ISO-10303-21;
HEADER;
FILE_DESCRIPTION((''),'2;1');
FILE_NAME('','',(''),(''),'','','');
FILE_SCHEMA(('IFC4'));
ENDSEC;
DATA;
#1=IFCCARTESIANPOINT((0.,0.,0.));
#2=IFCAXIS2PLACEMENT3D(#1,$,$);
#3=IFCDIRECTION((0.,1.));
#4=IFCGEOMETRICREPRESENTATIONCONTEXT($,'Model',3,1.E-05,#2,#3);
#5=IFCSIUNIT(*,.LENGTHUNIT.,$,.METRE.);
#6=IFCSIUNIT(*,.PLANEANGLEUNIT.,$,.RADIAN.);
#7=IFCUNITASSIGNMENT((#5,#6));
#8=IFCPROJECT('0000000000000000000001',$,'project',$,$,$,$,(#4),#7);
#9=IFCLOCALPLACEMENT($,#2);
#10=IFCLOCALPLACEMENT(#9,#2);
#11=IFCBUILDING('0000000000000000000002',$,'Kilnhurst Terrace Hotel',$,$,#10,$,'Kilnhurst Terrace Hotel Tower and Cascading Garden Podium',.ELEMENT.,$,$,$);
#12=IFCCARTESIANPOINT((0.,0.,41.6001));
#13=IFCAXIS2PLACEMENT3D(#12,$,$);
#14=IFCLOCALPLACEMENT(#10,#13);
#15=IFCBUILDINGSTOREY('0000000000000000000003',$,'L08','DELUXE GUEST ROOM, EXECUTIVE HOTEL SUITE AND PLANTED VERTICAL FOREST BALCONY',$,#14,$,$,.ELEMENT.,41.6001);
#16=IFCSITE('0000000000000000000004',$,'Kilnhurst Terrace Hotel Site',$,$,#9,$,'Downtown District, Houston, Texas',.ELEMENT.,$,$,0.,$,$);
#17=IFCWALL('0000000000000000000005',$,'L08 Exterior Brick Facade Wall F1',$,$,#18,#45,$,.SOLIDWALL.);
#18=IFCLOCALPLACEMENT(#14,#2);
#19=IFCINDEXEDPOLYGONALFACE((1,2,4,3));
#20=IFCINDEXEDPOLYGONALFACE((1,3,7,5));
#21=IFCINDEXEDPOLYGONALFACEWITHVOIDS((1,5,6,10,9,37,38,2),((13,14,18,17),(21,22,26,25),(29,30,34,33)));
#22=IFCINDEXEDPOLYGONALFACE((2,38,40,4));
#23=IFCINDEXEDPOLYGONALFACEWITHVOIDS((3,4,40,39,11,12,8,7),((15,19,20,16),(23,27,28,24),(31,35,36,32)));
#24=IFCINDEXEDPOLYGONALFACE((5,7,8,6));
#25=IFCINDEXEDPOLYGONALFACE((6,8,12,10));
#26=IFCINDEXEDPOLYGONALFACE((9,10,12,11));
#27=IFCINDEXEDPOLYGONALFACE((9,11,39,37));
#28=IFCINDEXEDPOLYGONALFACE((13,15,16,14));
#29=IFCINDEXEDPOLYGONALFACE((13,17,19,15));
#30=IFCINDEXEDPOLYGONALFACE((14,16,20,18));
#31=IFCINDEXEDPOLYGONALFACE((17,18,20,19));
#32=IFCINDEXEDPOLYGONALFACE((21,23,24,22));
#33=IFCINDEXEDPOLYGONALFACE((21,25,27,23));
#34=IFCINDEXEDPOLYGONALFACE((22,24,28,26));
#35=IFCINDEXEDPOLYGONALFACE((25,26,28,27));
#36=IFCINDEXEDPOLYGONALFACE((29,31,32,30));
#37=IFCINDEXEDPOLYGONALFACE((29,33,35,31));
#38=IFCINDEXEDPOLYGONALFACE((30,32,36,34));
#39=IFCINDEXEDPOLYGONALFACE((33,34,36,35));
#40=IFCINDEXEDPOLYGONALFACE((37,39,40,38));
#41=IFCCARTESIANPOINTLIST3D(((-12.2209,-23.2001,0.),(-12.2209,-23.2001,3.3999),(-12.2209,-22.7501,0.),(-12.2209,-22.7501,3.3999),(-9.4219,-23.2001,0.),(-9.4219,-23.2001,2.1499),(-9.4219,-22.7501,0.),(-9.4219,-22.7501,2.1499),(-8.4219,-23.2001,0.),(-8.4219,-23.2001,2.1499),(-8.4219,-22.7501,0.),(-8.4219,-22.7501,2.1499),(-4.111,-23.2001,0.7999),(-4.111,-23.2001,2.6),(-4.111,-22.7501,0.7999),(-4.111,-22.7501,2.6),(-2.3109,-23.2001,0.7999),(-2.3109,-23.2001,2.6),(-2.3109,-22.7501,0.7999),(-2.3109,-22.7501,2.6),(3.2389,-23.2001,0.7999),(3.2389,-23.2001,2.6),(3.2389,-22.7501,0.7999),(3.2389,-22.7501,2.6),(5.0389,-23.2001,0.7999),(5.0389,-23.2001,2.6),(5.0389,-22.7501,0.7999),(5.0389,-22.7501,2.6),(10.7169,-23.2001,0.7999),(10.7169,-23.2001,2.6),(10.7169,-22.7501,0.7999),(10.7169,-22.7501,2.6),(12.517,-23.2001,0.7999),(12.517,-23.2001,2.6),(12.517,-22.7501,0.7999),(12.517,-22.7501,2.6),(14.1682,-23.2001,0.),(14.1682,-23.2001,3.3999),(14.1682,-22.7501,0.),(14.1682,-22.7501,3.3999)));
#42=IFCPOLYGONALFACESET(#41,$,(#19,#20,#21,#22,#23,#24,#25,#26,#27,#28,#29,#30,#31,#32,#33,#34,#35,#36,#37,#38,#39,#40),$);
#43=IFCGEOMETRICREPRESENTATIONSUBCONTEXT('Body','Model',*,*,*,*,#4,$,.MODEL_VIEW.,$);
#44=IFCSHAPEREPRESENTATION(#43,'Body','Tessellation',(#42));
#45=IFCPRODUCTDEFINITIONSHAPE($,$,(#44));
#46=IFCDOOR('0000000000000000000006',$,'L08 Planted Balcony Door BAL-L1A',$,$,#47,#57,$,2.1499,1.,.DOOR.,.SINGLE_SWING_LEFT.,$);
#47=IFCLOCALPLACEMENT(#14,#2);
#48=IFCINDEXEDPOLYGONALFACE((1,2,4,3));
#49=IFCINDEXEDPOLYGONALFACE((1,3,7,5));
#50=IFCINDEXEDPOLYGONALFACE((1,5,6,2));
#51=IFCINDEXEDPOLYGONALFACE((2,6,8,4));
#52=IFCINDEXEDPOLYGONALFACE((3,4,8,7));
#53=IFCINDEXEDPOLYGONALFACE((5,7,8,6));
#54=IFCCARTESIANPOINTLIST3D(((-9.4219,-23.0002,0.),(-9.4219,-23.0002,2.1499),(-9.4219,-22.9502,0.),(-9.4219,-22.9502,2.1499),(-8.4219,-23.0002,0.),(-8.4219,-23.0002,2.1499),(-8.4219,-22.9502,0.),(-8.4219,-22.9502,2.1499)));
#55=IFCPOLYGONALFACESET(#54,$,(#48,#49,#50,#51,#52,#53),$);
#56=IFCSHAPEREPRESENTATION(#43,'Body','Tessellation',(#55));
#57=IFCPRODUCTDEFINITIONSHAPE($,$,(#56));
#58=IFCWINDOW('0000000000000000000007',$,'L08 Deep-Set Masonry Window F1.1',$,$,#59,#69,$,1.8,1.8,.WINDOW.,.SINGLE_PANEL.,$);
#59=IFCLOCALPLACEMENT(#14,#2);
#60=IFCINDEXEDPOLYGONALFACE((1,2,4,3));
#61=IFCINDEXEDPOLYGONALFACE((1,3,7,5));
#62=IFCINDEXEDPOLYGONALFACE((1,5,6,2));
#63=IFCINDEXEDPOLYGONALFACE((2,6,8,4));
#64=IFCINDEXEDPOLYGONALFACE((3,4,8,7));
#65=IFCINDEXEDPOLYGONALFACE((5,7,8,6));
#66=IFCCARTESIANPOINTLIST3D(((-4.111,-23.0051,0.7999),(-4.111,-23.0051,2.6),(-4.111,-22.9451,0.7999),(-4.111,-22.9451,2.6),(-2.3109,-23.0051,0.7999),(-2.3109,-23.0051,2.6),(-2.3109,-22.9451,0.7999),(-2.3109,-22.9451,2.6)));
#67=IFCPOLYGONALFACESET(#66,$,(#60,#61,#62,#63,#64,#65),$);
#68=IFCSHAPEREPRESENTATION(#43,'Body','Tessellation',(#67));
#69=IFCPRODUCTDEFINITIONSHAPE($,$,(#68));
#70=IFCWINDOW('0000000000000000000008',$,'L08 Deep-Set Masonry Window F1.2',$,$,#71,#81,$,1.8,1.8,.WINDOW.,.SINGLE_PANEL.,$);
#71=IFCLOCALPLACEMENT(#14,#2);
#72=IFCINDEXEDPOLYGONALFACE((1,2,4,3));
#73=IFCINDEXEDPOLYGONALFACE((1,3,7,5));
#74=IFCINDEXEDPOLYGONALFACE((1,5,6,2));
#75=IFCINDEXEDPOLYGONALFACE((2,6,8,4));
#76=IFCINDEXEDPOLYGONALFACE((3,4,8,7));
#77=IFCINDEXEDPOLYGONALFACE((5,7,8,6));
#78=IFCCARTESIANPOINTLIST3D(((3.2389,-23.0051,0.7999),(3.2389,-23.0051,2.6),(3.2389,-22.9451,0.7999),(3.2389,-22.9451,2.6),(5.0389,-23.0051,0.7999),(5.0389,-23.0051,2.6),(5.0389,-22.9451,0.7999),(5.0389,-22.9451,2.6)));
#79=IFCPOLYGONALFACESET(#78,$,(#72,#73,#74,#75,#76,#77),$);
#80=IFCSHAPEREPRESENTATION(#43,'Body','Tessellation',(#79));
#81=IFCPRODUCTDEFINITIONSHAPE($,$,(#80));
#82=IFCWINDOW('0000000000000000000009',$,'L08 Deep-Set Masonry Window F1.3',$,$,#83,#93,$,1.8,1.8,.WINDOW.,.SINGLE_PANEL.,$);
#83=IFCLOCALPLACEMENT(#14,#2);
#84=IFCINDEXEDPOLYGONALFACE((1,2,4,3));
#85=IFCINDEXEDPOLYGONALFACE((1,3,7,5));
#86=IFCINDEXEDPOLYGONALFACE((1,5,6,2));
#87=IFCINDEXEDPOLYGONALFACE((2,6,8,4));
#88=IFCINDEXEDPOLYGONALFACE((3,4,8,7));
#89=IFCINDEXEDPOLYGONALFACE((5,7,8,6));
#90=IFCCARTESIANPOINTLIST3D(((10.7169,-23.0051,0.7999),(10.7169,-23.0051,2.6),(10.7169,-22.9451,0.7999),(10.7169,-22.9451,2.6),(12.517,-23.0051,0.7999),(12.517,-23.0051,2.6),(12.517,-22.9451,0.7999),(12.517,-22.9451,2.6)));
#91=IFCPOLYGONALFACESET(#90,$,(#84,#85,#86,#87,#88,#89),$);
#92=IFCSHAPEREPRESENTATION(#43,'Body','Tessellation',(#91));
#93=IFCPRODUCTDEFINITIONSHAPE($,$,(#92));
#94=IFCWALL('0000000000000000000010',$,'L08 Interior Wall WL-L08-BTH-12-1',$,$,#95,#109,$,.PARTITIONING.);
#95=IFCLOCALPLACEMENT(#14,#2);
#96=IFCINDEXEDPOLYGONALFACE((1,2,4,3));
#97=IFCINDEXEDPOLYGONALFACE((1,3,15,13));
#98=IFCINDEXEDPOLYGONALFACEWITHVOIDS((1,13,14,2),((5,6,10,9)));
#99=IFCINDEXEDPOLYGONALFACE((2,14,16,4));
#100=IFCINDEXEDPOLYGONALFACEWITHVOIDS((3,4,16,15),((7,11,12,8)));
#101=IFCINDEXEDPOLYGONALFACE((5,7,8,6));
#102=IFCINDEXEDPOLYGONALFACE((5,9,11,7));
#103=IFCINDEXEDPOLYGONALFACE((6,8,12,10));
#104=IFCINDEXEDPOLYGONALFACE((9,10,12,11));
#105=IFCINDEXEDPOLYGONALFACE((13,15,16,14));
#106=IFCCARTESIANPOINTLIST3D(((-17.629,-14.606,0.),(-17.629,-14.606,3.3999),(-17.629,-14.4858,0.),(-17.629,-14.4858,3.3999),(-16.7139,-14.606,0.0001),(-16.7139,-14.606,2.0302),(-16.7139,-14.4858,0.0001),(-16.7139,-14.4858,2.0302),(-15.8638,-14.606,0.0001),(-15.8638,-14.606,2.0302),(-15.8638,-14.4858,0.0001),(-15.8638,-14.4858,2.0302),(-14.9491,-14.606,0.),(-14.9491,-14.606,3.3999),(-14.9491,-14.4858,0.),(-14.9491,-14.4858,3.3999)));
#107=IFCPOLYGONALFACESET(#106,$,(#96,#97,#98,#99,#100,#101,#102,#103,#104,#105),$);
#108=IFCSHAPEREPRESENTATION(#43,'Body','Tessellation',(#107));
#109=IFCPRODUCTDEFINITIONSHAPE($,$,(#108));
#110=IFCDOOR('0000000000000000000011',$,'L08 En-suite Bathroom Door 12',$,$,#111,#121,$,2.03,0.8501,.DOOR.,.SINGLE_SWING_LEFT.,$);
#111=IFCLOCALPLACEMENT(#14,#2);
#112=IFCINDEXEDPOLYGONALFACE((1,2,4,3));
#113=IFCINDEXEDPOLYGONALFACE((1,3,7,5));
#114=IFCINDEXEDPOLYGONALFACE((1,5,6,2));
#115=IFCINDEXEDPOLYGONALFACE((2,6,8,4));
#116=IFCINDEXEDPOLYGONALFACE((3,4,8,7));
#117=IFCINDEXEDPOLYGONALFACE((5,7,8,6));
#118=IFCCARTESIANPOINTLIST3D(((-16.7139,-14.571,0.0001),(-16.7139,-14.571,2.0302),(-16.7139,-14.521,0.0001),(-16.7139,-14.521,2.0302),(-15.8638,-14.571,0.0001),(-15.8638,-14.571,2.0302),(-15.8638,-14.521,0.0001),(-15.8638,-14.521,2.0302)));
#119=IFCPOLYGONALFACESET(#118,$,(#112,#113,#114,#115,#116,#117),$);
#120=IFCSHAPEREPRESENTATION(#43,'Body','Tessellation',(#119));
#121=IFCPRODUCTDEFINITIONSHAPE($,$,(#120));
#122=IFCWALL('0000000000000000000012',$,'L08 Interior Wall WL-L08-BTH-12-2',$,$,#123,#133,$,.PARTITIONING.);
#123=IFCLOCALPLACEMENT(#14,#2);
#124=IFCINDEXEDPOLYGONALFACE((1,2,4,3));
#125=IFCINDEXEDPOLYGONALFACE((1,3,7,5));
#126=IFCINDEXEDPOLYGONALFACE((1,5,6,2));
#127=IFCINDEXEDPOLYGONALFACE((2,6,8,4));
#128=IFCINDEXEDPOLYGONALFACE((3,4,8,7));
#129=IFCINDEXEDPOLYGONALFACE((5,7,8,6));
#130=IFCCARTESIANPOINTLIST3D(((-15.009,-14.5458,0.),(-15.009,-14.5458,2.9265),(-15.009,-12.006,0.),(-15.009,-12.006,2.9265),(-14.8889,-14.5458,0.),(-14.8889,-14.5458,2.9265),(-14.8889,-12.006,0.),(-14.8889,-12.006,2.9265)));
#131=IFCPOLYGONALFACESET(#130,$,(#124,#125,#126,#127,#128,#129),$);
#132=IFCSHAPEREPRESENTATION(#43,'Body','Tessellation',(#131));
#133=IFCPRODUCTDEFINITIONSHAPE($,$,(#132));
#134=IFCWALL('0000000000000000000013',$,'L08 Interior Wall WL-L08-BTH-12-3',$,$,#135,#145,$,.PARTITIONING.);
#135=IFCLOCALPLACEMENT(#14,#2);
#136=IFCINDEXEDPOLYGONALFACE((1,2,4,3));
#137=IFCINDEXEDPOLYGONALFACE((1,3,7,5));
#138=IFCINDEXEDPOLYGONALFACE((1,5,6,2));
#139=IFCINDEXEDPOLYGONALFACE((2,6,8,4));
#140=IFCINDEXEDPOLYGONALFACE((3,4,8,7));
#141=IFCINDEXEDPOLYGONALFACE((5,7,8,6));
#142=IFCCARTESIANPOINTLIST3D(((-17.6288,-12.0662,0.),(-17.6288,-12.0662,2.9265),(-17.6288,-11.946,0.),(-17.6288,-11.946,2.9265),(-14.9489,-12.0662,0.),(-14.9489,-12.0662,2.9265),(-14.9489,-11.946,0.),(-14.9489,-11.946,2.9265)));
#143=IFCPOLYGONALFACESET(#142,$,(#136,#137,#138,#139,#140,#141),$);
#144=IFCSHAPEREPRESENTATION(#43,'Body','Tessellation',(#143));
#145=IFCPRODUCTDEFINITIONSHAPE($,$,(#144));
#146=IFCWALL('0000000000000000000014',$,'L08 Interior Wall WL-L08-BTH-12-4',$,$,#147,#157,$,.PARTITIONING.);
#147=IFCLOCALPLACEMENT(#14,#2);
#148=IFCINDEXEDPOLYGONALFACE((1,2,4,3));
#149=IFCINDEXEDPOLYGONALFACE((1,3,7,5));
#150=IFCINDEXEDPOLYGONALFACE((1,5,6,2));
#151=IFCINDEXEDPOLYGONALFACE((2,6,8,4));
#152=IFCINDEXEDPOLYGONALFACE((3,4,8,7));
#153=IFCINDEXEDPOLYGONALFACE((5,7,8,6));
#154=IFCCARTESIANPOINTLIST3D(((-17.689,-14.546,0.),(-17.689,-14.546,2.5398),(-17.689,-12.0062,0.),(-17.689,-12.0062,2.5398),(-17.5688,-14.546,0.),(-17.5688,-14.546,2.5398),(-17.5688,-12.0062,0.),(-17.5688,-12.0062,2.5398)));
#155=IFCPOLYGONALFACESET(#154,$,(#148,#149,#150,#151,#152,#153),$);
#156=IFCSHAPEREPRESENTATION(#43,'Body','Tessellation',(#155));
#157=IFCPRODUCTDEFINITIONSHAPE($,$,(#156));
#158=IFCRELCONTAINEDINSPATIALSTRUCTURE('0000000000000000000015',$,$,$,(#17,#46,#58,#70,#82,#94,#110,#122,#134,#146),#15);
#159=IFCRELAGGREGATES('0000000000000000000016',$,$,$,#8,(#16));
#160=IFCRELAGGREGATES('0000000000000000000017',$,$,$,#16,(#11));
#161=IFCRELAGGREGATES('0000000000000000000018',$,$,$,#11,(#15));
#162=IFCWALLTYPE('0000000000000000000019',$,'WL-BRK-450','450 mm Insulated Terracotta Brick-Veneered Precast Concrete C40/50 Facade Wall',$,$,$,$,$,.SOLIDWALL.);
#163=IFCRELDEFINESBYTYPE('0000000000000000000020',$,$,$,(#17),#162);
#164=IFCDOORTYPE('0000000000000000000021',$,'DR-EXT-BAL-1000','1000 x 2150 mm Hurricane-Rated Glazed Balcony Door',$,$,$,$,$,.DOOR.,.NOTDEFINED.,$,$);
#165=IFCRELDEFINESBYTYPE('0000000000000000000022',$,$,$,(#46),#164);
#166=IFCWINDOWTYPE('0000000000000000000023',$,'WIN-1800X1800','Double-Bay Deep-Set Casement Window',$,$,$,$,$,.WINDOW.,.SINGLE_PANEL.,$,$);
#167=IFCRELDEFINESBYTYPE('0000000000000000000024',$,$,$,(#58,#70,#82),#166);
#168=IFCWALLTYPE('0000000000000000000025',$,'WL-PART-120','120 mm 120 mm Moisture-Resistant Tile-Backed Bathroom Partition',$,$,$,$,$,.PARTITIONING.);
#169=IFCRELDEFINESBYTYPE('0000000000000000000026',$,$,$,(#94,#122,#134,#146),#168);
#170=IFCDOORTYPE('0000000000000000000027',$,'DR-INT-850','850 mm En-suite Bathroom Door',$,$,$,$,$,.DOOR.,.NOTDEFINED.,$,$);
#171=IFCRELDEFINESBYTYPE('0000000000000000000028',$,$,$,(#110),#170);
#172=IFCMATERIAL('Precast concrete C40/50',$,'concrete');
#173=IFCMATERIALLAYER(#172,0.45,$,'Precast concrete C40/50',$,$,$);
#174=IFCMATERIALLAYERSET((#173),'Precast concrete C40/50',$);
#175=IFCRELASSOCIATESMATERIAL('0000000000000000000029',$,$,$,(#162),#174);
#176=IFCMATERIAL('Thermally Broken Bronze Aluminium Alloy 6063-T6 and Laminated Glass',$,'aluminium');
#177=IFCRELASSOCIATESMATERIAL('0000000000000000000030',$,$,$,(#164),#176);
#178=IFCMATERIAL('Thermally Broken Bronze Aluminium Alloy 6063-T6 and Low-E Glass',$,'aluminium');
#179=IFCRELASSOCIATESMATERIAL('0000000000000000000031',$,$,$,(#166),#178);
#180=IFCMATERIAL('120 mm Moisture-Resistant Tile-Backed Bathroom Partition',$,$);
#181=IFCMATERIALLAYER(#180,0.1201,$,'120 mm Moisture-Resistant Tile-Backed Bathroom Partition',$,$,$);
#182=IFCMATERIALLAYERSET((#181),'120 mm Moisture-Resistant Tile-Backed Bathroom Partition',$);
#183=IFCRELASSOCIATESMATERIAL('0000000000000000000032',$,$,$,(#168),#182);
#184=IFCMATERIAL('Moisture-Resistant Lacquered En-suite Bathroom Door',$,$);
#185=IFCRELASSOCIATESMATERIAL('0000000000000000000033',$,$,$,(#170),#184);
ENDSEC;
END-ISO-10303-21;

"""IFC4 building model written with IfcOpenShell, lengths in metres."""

from ifc_helpers import new_model, si_unit, direction, frame, frame_2d, origin, place, context, subcontext, project, spatial, rectangle, extrude, material, layer, layer_set, type_object, element, fill, save


model = new_model("IFC4")

# Units and contexts
model_context = context("Model", 3, precision=1e-05, world=origin(), true_north=direction((0.0, 1.0)))
body_context = subcontext(model_context, "Body", "Model", "MODEL_VIEW")
ifc_project = project(units=[si_unit("LENGTHUNIT", "METRE"), si_unit("PLANEANGLEUNIT", "RADIAN")], contexts=[model_context])

# Site, building, storey
site_placement = place(None, origin())
site = spatial("IfcSite", under=ifc_project, at=site_placement, Name="Kilnhurst Terrace Hotel Site", LongName="Downtown District, Houston, Texas", CompositionType="ELEMENT", RefElevation=0.0)
building_placement = place(site_placement, origin())
building = spatial("IfcBuilding", under=site, at=building_placement, Name="Kilnhurst Terrace Hotel", LongName="Kilnhurst Terrace Hotel Tower and Cascading Garden Podium", CompositionType="ELEMENT")
storey_placement = place(building_placement, frame((0.0, 0.0, 41.6001)))
storey = spatial("IfcBuildingStorey", under=building, at=storey_placement, Name="L08", Description="DELUXE GUEST ROOM, EXECUTIVE HOTEL SUITE AND PLANTED VERTICAL FOREST BALCONY", CompositionType="ELEMENT", Elevation=41.6001)

# Shared definitions
ifc_material_1 = material(Name="Precast concrete C40/50", Category="concrete")
ifc_layer_1 = layer(ifc_material_1, 0.45, Name="Precast concrete C40/50")
ifc_layer_set_1 = layer_set([ifc_layer_1], Name="Precast concrete C40/50")
wall_type_1 = type_object("IfcWallType", Name="WL-BRK-450", Description="450 mm Insulated Terracotta Brick-Veneered Precast Concrete C40/50 Facade Wall", PredefinedType="SOLIDWALL", material=ifc_layer_set_1)

# Wall, openings, door, windows
wall_1_placement = place(storey_placement, frame((-12.2209, -22.9751, 0.0), z_axis=(0.0, 0.0, 1.0), x_axis=(1.0, 0.0, 0.0)))
wall_1 = element("IfcWall", 1, at=wall_1_placement, inside=storey, type_object=wall_type_1, Name="L08 Exterior Brick Facade Wall F1", PredefinedType="SOLIDWALL", context=body_context, shape_type="SweptSolid", body=[
    extrude(rectangle(XDim=26.3892, YDim=0.45, at=frame_2d((13.1946, 0.0))), origin(), (0.0, 0.0, 1.0), 3.3999),
])
opening_1_placement = place(wall_1_placement, frame((2.7991, 0.0, 0.0)))
opening_1 = element("IfcOpeningElement", 2, at=opening_1_placement, cuts=wall_1, PredefinedType="OPENING", context=body_context, shape_type="SweptSolid", body=[
    extrude(rectangle(XDim=1.0, YDim=2.1499, at=frame_2d((0.5, 1.075))), frame((0.0, 0.2349, 0.0), z_axis=(0.0, -1.0, 0.0), x_axis=(1.0, 0.0, 0.0)), (0.0, 0.0, 1.0), 0.47),
])
opening_2_placement = place(wall_1_placement, frame((8.1101, 0.0, 0.8)))
opening_2 = element("IfcOpeningElement", 3, at=opening_2_placement, cuts=wall_1, PredefinedType="OPENING", context=body_context, shape_type="SweptSolid", body=[
    extrude(rectangle(XDim=1.8, YDim=1.8, at=frame_2d((0.8999, 0.8999))), frame((0.0, 0.2349, 0.0), z_axis=(0.0, -1.0, 0.0), x_axis=(1.0, 0.0, 0.0)), (0.0, 0.0, 1.0), 0.47),
])
opening_3_placement = place(wall_1_placement, frame((15.46, 0.0, 0.8)))
opening_3 = element("IfcOpeningElement", 4, at=opening_3_placement, cuts=wall_1, PredefinedType="OPENING", context=body_context, shape_type="SweptSolid", body=[
    extrude(rectangle(XDim=1.8, YDim=1.8, at=frame_2d((0.8999, 0.8999))), frame((0.0, 0.2349, 0.0), z_axis=(0.0, -1.0, 0.0), x_axis=(1.0, 0.0, 0.0)), (0.0, 0.0, 1.0), 0.47),
])
opening_4_placement = place(wall_1_placement, frame((22.938, 0.0, 0.8)))
opening_4 = element("IfcOpeningElement", 5, at=opening_4_placement, cuts=wall_1, PredefinedType="OPENING", context=body_context, shape_type="SweptSolid", body=[
    extrude(rectangle(XDim=1.8, YDim=1.8, at=frame_2d((0.8999, 0.8999))), frame((0.0, 0.2349, 0.0), z_axis=(0.0, -1.0, 0.0), x_axis=(1.0, 0.0, 0.0)), (0.0, 0.0, 1.0), 0.47),
])
ifc_material_2 = material(Name="Thermally Broken Bronze Aluminium Alloy 6063-T6 and Laminated Glass", Category="aluminium")
door_type_1 = type_object("IfcDoorType", Name="DR-EXT-BAL-1000", Description="1000 x 2150 mm Hurricane-Rated Glazed Balcony Door", OperationType="NOTDEFINED", PredefinedType="DOOR", material=ifc_material_2)
door_1_placement = place(opening_1_placement, origin())
door_1 = element("IfcDoor", 6, at=door_1_placement, inside=storey, type_object=door_type_1, Name="L08 Planted Balcony Door BAL-L1A", OperationType="SINGLE_SWING_LEFT", OverallHeight=2.1499, OverallWidth=1.0, PredefinedType="DOOR", context=body_context, shape_type="SweptSolid", body=[
    extrude(rectangle(XDim=1.0, YDim=2.1499, at=frame_2d((0.5, 1.075))), frame((0.0, 0.0249, 0.0), z_axis=(0.0, -1.0, 0.0), x_axis=(1.0, 0.0, 0.0)), (0.0, 0.0, 1.0), 0.05),
])
fill(opening_1, door_1)
ifc_material_3 = material(Name="Thermally Broken Bronze Aluminium Alloy 6063-T6 and Low-E Glass", Category="aluminium")
window_type = type_object("IfcWindowType", Name="WIN-1800X1800", Description="Double-Bay Deep-Set Casement Window", PartitioningType="SINGLE_PANEL", PredefinedType="WINDOW", material=ifc_material_3)
window_1_placement = place(opening_2_placement, origin())
window_1 = element("IfcWindow", 7, at=window_1_placement, inside=storey, type_object=window_type, Name="L08 Deep-Set Masonry Window F1.1", OverallHeight=1.8, OverallWidth=1.8, PartitioningType="SINGLE_PANEL", PredefinedType="WINDOW", context=body_context, shape_type="SweptSolid", body=[
    extrude(rectangle(XDim=1.8, YDim=1.8, at=frame_2d((0.8999, 0.8999))), frame((0.0, 0.03, 0.0), z_axis=(0.0, -1.0, 0.0), x_axis=(1.0, 0.0, 0.0)), (0.0, 0.0, 1.0), 0.0601),
])
fill(opening_2, window_1)
window_2_placement = place(opening_3_placement, origin())
window_2 = element("IfcWindow", 8, at=window_2_placement, inside=storey, type_object=window_type, Name="L08 Deep-Set Masonry Window F1.2", OverallHeight=1.8, OverallWidth=1.8, PartitioningType="SINGLE_PANEL", PredefinedType="WINDOW", context=body_context, shape_type="SweptSolid", body=[
    extrude(rectangle(XDim=1.8, YDim=1.8, at=frame_2d((0.8999, 0.8999))), frame((0.0, 0.03, 0.0), z_axis=(0.0, -1.0, 0.0), x_axis=(1.0, 0.0, 0.0)), (0.0, 0.0, 1.0), 0.0601),
])
fill(opening_3, window_2)
window_3_placement = place(opening_4_placement, origin())
window_3 = element("IfcWindow", 9, at=window_3_placement, inside=storey, type_object=window_type, Name="L08 Deep-Set Masonry Window F1.3", OverallHeight=1.8, OverallWidth=1.8, PartitioningType="SINGLE_PANEL", PredefinedType="WINDOW", context=body_context, shape_type="SweptSolid", body=[
    extrude(rectangle(XDim=1.8, YDim=1.8, at=frame_2d((0.8999, 0.8999))), frame((0.0, 0.03, 0.0), z_axis=(0.0, -1.0, 0.0), x_axis=(1.0, 0.0, 0.0)), (0.0, 0.0, 1.0), 0.0601),
])
fill(opening_4, window_3)

# Wall, opening, door
ifc_material_4 = material(Name="120 mm Moisture-Resistant Tile-Backed Bathroom Partition")
ifc_layer_2 = layer(ifc_material_4, 0.1201, Name="120 mm Moisture-Resistant Tile-Backed Bathroom Partition")
ifc_layer_set_2 = layer_set([ifc_layer_2], Name="120 mm Moisture-Resistant Tile-Backed Bathroom Partition")
wall_type_2 = type_object("IfcWallType", Name="WL-PART-120", Description="120 mm 120 mm Moisture-Resistant Tile-Backed Bathroom Partition", PredefinedType="PARTITIONING", material=ifc_layer_set_2)
wall_2_placement = place(storey_placement, frame((-17.6289, -14.5459, 0.0), z_axis=(0.0, 0.0, 1.0), x_axis=(1.0, 0.0, 0.0)))
wall_2 = element("IfcWall", 10, at=wall_2_placement, inside=storey, type_object=wall_type_2, Name="L08 Interior Wall WL-L08-BTH-12-1", PredefinedType="PARTITIONING", context=body_context, shape_type="SweptSolid", body=[
    extrude(rectangle(XDim=2.6799, YDim=0.1201, at=frame_2d((1.3398, 0.0))), origin(), (0.0, 0.0, 1.0), 3.3999),
])
opening_5_placement = place(wall_2_placement, frame((0.915, 0.0, 0.0)))
opening_5 = element("IfcOpeningElement", 11, at=opening_5_placement, cuts=wall_2, PredefinedType="OPENING", context=body_context, shape_type="SweptSolid", body=[
    extrude(rectangle(XDim=0.8501, YDim=2.03, at=frame_2d((0.425, 1.0151))), frame((0.0, 0.0701, 0.0), z_axis=(0.0, -1.0, 0.0), x_axis=(1.0, 0.0, 0.0)), (0.0, 0.0, 1.0), 0.1401),
])
ifc_material_5 = material(Name="Moisture-Resistant Lacquered En-suite Bathroom Door")
door_type_2 = type_object("IfcDoorType", Name="DR-INT-850", Description="850 mm En-suite Bathroom Door", OperationType="NOTDEFINED", PredefinedType="DOOR", material=ifc_material_5)
door_2_placement = place(opening_5_placement, origin())
door_2 = element("IfcDoor", 12, at=door_2_placement, inside=storey, type_object=door_type_2, Name="L08 En-suite Bathroom Door 12", OperationType="SINGLE_SWING_LEFT", OverallHeight=2.03, OverallWidth=0.8501, PredefinedType="DOOR", context=body_context, shape_type="SweptSolid", body=[
    extrude(rectangle(XDim=0.8501, YDim=2.03, at=frame_2d((0.425, 1.0151))), frame((0.0, 0.0249, 0.0), z_axis=(0.0, -1.0, 0.0), x_axis=(1.0, 0.0, 0.0)), (0.0, 0.0, 1.0), 0.05),
])
fill(opening_5, door_2)

# Walls
wall_3_placement = place(storey_placement, frame((-14.949, -14.5459, 0.0), z_axis=(0.0, 0.0, 1.0), x_axis=(0.0, 1.0, 0.0)))
element("IfcWall", 13, at=wall_3_placement, inside=storey, type_object=wall_type_2, Name="L08 Interior Wall WL-L08-BTH-12-2", PredefinedType="PARTITIONING", context=body_context, shape_type="SweptSolid", body=[
    extrude(rectangle(XDim=2.5398, YDim=0.1201, at=frame_2d((1.27, 0.0))), origin(), (0.0, 0.0, 1.0), 2.9265),
])
wall_4_placement = place(storey_placement, frame((-14.949, -12.0061, 0.0), z_axis=(0.0, 0.0, 1.0), x_axis=(-1.0, 0.0, 0.0)))
element("IfcWall", 14, at=wall_4_placement, inside=storey, type_object=wall_type_2, Name="L08 Interior Wall WL-L08-BTH-12-3", PredefinedType="PARTITIONING", context=body_context, shape_type="SweptSolid", body=[
    extrude(rectangle(XDim=2.6799, YDim=0.1201, at=frame_2d((1.3398, 0.0))), origin(), (0.0, 0.0, 1.0), 2.9265),
])
wall_5_placement = place(storey_placement, frame((-17.6289, -12.0061, 0.0), z_axis=(0.0, 0.0, 1.0), x_axis=(0.0, -1.0, 0.0)))
element("IfcWall", 15, at=wall_5_placement, inside=storey, type_object=wall_type_2, Name="L08 Interior Wall WL-L08-BTH-12-4", PredefinedType="PARTITIONING", context=body_context, shape_type="SweptSolid", body=[
    extrude(rectangle(XDim=2.5398, YDim=0.1201, at=frame_2d((1.27, 0.0))), origin(), (0.0, 0.0, 1.0), 2.5398),
])

save(model, "model.ifc")
